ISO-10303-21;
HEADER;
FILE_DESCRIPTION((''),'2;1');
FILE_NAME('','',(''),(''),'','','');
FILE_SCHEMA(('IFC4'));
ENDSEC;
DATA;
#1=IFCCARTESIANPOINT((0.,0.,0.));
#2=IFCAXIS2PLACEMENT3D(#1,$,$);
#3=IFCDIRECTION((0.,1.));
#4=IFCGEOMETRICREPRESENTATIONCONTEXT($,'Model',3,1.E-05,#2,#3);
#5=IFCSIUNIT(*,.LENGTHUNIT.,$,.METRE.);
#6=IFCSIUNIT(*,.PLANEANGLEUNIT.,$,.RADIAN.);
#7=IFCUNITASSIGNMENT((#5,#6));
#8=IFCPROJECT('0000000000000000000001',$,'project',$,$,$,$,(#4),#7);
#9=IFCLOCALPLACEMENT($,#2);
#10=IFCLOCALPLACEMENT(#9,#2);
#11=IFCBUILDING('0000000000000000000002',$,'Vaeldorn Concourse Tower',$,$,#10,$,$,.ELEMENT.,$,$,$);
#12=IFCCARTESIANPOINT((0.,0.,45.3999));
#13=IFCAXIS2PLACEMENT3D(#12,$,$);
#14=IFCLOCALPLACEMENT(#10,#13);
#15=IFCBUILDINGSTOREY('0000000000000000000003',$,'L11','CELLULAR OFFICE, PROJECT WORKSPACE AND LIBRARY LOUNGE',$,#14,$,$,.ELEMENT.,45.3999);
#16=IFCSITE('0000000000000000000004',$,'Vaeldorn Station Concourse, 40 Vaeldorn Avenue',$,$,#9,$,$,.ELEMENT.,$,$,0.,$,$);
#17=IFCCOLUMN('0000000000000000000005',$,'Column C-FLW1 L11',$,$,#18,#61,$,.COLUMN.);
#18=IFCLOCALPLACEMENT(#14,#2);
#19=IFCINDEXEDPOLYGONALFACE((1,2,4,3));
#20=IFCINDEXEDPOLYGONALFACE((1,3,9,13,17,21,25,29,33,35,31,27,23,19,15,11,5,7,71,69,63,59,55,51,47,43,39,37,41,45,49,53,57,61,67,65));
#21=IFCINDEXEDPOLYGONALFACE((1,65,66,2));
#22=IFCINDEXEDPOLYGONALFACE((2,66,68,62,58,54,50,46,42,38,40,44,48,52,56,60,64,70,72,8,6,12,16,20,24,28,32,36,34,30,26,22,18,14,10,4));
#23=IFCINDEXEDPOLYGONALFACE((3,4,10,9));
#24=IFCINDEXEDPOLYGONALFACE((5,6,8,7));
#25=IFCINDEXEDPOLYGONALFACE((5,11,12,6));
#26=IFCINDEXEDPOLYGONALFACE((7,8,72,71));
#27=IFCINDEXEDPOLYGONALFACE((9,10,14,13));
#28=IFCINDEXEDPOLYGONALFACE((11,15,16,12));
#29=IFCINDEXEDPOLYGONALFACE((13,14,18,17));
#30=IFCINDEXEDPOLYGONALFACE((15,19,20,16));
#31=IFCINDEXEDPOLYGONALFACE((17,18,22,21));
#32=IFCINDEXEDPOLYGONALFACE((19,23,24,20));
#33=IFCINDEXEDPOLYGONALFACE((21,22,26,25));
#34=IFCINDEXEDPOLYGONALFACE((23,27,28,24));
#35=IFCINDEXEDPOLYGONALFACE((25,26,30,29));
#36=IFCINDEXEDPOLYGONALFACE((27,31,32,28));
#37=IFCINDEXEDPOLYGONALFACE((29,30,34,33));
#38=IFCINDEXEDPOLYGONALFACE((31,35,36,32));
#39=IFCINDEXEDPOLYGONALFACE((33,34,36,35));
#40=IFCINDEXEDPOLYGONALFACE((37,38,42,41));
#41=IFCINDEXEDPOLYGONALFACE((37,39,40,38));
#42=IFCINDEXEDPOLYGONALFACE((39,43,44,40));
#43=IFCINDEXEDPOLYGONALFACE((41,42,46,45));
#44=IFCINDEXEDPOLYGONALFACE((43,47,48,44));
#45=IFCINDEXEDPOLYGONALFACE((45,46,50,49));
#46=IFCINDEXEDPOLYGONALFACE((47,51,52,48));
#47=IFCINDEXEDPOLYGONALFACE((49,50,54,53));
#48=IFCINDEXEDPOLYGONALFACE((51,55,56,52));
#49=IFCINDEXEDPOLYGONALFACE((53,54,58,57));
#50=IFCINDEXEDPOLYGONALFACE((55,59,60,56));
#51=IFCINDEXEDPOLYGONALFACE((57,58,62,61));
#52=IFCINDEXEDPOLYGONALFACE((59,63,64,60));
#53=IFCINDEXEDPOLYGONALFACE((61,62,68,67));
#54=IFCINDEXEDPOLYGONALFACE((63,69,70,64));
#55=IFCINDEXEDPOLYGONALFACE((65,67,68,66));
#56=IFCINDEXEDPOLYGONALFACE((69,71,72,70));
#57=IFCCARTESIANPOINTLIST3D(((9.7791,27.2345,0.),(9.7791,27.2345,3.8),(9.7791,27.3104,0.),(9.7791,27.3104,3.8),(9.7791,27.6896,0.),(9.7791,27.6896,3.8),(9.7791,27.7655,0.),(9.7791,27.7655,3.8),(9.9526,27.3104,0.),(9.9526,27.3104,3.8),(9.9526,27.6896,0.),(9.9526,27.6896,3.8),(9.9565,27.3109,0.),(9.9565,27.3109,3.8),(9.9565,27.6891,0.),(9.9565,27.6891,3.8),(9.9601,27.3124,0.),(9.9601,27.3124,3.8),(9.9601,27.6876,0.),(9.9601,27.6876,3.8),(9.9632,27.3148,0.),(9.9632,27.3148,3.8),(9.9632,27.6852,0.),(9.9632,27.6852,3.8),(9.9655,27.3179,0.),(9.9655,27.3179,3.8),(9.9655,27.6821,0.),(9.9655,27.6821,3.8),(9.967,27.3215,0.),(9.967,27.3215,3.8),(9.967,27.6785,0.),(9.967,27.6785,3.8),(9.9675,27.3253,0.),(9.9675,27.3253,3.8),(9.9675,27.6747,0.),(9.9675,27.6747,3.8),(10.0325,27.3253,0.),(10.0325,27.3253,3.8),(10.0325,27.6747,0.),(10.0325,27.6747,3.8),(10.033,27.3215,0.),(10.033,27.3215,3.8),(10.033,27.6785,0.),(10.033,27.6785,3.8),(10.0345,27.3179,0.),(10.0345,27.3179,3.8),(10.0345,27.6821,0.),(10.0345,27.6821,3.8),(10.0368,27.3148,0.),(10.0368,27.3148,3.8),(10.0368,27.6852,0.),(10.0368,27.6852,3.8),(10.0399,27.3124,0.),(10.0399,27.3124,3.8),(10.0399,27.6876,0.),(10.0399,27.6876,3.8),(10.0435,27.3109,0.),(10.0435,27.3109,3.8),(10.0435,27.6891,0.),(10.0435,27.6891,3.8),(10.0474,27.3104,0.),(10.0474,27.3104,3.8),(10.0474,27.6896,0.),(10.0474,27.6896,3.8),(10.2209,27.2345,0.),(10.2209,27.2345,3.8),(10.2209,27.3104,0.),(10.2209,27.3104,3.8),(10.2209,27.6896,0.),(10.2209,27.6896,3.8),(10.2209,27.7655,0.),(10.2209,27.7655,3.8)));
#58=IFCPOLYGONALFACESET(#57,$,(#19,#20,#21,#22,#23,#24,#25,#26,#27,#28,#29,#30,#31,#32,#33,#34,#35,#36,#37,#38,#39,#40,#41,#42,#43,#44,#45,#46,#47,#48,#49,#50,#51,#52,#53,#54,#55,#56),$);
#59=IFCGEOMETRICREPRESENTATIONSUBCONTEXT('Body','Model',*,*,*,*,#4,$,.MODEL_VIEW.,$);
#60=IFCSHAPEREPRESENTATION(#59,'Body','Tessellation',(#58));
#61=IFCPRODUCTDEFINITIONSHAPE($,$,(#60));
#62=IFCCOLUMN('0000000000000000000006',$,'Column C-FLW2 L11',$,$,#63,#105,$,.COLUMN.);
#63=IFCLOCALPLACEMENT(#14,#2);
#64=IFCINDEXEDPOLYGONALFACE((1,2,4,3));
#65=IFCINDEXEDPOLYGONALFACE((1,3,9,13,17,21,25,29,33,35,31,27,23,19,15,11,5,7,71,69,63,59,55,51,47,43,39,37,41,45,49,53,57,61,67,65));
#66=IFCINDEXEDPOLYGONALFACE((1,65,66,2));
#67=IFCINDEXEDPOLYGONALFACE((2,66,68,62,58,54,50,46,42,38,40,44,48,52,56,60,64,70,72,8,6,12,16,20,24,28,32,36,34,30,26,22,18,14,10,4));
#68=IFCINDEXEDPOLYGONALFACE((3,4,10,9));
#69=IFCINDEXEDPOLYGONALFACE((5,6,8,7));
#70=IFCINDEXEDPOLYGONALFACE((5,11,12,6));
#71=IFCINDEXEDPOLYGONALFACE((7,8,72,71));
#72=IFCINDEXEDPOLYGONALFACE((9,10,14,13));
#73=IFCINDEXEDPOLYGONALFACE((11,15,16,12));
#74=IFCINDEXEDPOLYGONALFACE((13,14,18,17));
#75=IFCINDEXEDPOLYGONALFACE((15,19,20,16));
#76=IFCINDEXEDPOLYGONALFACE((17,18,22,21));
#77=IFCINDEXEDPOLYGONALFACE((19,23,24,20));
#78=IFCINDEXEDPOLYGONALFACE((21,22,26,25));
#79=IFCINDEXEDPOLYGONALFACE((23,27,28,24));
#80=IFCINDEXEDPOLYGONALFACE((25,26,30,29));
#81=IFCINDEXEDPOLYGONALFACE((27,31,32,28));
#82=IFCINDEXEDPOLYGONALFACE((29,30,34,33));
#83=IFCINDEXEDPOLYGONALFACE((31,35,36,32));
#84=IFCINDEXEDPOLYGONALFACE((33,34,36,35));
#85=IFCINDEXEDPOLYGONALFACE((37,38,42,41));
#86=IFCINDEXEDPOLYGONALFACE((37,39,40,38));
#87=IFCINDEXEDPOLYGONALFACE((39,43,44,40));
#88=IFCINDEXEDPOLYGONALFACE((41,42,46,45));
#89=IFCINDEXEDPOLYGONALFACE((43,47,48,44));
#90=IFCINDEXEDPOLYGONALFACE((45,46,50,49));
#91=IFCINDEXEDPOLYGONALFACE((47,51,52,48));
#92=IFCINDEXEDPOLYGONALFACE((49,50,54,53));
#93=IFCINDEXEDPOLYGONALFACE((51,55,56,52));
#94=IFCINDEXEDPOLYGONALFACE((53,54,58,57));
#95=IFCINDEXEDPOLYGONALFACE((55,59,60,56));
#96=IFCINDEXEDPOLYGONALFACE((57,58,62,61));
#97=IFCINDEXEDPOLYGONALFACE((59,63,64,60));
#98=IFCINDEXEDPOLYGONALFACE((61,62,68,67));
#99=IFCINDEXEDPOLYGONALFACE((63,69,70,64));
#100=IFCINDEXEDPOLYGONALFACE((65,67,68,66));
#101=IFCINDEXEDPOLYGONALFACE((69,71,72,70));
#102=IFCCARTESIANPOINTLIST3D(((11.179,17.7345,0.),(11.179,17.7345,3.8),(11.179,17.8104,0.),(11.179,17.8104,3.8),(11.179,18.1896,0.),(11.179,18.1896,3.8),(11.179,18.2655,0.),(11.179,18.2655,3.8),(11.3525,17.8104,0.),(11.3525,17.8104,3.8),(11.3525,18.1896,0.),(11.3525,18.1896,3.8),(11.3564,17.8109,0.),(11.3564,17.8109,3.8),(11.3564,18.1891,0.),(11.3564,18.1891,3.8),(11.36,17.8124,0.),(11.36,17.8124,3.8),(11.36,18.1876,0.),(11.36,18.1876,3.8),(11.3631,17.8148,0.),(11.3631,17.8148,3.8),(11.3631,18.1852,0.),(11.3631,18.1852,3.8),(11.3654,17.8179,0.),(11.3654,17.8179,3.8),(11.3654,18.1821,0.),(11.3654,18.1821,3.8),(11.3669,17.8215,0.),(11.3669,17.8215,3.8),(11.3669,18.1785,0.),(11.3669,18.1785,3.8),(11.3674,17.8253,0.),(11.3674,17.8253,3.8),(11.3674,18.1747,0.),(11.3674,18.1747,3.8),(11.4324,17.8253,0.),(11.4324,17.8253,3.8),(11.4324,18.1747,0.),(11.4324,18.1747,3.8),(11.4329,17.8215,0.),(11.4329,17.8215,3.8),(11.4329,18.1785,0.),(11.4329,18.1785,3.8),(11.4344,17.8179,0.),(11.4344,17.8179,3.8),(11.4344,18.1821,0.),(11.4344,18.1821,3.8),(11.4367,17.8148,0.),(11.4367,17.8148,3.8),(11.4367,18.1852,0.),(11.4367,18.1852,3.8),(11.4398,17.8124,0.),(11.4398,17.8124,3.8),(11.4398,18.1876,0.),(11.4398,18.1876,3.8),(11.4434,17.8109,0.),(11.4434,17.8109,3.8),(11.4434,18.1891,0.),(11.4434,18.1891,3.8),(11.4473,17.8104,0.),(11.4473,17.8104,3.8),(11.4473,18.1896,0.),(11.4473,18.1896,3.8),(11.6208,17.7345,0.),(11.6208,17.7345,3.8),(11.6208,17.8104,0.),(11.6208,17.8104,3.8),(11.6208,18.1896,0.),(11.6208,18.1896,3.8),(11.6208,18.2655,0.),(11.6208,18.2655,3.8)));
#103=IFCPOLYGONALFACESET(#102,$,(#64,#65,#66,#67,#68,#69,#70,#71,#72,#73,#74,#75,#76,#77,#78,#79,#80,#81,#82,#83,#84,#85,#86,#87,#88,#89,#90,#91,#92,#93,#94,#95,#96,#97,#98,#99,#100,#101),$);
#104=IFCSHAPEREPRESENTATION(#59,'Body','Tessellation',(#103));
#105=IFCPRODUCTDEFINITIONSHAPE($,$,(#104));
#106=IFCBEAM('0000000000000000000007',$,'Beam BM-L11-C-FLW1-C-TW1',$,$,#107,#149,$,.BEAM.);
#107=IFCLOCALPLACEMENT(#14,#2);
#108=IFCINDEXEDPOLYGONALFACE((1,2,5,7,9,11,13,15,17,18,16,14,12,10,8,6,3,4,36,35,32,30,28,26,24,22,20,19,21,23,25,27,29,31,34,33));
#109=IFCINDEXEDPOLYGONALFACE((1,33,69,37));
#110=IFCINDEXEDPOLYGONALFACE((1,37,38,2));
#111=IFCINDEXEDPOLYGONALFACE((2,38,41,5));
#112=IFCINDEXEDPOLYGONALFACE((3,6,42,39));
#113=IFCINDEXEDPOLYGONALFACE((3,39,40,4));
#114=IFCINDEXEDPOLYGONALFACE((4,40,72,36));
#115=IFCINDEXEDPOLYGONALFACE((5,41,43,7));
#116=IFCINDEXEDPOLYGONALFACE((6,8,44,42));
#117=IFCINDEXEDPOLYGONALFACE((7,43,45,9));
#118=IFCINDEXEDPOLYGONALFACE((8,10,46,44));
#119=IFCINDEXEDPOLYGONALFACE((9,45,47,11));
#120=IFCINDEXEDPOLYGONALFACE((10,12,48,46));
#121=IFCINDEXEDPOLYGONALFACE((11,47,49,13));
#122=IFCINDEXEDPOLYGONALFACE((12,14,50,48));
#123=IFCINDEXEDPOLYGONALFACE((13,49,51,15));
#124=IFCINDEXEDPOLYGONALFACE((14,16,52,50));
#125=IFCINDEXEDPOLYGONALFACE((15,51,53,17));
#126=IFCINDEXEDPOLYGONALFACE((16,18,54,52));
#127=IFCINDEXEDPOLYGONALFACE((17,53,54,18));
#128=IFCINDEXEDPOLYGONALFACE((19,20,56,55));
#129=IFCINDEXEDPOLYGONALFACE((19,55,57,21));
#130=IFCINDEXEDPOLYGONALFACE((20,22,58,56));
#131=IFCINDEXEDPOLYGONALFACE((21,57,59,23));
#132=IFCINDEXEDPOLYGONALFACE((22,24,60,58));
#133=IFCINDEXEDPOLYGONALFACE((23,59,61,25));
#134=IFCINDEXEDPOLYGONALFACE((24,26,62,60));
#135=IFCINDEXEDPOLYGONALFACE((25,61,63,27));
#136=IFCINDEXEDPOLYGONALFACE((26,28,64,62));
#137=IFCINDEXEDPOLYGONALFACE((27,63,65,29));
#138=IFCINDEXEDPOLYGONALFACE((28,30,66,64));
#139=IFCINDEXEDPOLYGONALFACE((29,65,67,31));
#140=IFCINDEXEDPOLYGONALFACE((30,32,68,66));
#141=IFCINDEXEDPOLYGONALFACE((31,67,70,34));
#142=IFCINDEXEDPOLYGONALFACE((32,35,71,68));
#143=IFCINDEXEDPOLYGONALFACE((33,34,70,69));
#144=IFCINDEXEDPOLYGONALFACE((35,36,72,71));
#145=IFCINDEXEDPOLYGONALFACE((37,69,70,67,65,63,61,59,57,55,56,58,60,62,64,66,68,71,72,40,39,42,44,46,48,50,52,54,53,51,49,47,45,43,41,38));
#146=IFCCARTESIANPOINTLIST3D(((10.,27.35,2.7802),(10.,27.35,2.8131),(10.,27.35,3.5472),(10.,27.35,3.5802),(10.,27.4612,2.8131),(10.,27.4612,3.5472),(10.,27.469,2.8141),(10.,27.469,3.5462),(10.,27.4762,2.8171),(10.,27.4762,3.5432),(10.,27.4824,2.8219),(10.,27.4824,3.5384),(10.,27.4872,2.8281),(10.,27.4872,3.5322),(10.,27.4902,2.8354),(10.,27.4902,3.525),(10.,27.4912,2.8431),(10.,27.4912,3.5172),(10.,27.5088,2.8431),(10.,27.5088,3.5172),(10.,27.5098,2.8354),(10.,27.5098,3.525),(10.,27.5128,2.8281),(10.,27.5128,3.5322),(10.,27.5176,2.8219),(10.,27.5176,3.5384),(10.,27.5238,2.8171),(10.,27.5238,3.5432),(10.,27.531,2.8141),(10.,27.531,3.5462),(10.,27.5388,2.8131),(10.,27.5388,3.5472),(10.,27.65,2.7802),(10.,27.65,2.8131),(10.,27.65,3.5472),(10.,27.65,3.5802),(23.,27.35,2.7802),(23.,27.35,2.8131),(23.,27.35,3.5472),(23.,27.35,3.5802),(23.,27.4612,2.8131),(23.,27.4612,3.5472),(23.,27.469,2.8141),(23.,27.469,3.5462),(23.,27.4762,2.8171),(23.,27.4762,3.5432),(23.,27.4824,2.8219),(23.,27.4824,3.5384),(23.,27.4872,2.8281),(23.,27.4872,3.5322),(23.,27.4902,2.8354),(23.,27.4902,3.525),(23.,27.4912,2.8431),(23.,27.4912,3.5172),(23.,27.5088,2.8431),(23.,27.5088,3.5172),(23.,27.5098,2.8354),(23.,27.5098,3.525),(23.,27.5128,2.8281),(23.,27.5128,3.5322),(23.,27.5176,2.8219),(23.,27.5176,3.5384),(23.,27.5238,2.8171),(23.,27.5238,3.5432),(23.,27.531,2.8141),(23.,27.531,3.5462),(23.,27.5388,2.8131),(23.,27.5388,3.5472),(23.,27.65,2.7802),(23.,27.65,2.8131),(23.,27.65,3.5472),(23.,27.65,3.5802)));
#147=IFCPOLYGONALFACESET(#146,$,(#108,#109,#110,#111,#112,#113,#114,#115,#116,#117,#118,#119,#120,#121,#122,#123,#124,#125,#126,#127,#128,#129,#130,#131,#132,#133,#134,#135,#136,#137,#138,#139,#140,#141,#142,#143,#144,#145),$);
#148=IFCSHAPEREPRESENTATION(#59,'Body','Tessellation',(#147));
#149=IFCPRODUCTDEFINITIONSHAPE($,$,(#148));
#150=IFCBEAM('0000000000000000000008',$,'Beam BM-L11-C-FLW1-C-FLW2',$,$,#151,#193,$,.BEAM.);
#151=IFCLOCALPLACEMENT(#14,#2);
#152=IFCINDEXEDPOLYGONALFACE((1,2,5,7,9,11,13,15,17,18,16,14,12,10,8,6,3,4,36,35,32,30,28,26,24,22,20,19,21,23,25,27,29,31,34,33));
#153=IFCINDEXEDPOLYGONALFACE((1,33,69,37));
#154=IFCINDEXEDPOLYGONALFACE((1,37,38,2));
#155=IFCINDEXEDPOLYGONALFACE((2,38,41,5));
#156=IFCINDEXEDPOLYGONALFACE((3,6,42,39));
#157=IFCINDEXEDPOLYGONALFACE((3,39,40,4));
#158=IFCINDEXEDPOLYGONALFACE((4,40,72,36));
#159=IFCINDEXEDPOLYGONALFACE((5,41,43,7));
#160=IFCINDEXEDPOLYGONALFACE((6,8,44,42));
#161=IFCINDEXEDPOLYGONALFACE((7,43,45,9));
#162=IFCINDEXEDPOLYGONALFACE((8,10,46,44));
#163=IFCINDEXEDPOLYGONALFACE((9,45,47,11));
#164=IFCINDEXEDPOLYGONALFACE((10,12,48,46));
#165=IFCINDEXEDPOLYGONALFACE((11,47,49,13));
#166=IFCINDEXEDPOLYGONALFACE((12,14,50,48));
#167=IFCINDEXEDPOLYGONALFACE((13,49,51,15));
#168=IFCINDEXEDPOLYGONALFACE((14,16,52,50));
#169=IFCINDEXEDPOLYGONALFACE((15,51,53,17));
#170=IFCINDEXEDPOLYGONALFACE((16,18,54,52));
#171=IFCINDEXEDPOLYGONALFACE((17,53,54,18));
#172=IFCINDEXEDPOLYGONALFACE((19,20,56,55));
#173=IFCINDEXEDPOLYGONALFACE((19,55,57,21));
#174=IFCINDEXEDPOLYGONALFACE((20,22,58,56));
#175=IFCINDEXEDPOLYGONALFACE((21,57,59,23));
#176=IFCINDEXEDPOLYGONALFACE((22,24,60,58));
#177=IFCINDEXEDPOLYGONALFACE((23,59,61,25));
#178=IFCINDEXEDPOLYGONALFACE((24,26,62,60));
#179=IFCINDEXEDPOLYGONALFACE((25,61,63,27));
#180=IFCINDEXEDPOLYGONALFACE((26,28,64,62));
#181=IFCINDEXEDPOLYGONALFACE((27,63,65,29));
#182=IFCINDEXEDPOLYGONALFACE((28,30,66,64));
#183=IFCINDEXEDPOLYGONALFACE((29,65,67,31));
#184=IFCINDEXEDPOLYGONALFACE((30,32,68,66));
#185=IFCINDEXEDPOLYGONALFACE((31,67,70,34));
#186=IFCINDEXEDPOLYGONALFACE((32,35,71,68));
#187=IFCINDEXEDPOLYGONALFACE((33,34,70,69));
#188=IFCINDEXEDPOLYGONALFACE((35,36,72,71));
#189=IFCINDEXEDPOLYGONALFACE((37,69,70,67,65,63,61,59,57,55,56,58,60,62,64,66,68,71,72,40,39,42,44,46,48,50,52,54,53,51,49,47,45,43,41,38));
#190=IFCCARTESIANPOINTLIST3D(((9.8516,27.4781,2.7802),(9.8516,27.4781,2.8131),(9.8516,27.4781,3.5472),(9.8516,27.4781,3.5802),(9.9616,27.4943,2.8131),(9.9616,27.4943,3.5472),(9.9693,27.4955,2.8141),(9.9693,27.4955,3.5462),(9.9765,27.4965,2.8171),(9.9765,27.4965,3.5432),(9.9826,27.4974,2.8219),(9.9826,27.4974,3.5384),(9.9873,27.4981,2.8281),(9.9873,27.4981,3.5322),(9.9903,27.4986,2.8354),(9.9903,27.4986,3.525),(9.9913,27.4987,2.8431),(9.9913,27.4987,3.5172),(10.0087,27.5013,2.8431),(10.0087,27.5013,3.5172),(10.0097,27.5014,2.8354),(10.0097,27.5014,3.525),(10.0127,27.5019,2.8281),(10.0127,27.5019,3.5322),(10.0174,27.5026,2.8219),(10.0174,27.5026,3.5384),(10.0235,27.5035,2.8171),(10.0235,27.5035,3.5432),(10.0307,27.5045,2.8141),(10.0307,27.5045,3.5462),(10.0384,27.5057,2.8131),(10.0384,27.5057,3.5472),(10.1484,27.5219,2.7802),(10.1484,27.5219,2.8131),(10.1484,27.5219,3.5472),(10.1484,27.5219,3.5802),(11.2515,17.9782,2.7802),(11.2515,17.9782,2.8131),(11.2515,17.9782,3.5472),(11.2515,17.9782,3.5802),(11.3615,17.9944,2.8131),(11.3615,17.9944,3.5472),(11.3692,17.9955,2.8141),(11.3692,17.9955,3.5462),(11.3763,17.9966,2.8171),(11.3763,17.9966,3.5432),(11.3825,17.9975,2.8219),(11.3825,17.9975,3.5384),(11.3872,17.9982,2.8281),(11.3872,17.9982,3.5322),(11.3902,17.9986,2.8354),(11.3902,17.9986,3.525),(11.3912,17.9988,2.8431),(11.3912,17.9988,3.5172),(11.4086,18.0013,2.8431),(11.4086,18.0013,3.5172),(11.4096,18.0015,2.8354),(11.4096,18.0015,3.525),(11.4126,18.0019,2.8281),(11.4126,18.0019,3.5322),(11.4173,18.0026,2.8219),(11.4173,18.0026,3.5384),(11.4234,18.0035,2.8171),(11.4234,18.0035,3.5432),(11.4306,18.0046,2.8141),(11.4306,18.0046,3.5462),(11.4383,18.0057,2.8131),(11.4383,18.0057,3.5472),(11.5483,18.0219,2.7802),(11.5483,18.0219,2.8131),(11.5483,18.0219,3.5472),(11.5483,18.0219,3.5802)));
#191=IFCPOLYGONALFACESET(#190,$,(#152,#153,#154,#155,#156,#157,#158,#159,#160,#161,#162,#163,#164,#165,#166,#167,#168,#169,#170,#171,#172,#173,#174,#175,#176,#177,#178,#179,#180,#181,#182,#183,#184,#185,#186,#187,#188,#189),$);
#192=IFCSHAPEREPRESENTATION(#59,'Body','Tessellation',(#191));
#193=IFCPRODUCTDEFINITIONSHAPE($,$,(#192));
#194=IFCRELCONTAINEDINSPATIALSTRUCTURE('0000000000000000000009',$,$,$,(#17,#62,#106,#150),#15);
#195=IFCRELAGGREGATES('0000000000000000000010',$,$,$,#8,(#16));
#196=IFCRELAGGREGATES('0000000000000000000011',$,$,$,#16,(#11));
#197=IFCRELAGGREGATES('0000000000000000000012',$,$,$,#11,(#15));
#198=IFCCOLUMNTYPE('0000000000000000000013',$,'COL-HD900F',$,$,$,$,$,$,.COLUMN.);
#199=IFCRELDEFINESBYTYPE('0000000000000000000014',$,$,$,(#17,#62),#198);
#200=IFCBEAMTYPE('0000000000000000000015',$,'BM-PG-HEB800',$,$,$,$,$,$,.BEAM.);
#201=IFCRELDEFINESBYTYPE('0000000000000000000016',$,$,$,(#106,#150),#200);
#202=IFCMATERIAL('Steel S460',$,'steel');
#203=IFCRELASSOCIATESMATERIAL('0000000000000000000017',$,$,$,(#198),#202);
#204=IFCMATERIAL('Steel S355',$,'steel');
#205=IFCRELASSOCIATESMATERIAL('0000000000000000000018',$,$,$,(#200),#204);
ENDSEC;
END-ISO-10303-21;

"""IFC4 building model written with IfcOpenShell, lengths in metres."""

from ifc_helpers import new_model, si_unit, direction, frame, origin, origin_2d, place, context, subcontext, project, spatial, i_section, extrude, source, transform, mapped, material, material_profile, profile_set, type_object, element, save


model = new_model("IFC4")

# Units and contexts
model_context = context("Model", 3, precision=1e-05, world=origin(), true_north=direction((0.0, 1.0)))
body_context = subcontext(model_context, "Body", "Model", "MODEL_VIEW")
ifc_project = project(units=[si_unit("LENGTHUNIT", "METRE"), si_unit("PLANEANGLEUNIT", "RADIAN")], contexts=[model_context])

# Site, building, storey
site_placement = place(None, origin())
site = spatial("IfcSite", under=ifc_project, at=site_placement, Name="Vaeldorn Station Concourse, 40 Vaeldorn Avenue", CompositionType="ELEMENT", RefElevation=0.0)
building_placement = place(site_placement, origin())
building = spatial("IfcBuilding", under=site, at=building_placement, Name="Vaeldorn Concourse Tower", CompositionType="ELEMENT")
storey_placement = place(building_placement, frame((0.0, 0.0, 45.3999)))
storey = spatial("IfcBuildingStorey", under=building, at=storey_placement, Name="L11", Description="CELLULAR OFFICE, PROJECT WORKSPACE AND LIBRARY LOUNGE", CompositionType="ELEMENT", Elevation=45.3999)

# Columns
ifc_material_1 = material(Name="Steel S460", Category="steel")
ifc_material_profile_1 = material_profile(ifc_material_1, i_section(OverallWidth=0.4419, OverallDepth=0.531, WebThickness=0.0649, FlangeThickness=0.0759, FilletRadius=0.0149, at=origin_2d()), Name="HD 400x900")
ifc_profile_set_1 = profile_set([ifc_material_profile_1], Name="Steel S460")
column_type = type_object("IfcColumnType", Name="COL-HD900F", PredefinedType="COLUMN", material=ifc_profile_set_1)
shared_shape_1 = source(origin(), body_context, "Body", "SweptSolid", [
    extrude(i_section(OverallWidth=0.4419, OverallDepth=0.531, WebThickness=0.0649, FlangeThickness=0.0759, FilletRadius=0.0149, at=origin_2d()), origin(), (0.0, 0.0, 1.0), 3.8),
])
for number, where, z_axis, x_axis, name in (
    (1, (10.0, 27.5, 0.0), (0.0, 0.0, 1.0), (1.0, 0.0, 0.0), "Column C-FLW1 L11"),
    (2, (11.3999, 18.0, 0.0), (0.0, 0.0, 1.0), (1.0, 0.0, 0.0), "Column C-FLW2 L11"),
):
    element("IfcColumn", number, at=place(storey_placement, frame(where, z_axis=z_axis, x_axis=x_axis)), inside=storey, type_object=column_type, Name=name, PredefinedType="COLUMN", context=body_context, shape_type="MappedRepresentation", body=[
        mapped(shared_shape_1, transform((0.0, 0.0, 0.0), scale=1.0)),
    ])

# Beams
ifc_material_2 = material(Name="Steel S355", Category="steel")
ifc_material_profile_2 = material_profile(ifc_material_2, i_section(OverallWidth=0.3, OverallDepth=0.8, WebThickness=0.0176, FlangeThickness=0.033, FilletRadius=0.03, at=origin_2d()), Name="HEB 800")
ifc_profile_set_2 = profile_set([ifc_material_profile_2], Name="Steel S355")
beam_type_1 = type_object("IfcBeamType", Name="BM-PG-HEB800", PredefinedType="BEAM", material=ifc_profile_set_2)
shared_shape_2 = source(origin(), body_context, "Body", "SweptSolid", [
    extrude(i_section(OverallWidth=0.3, OverallDepth=0.8, WebThickness=0.0176, FlangeThickness=0.033, FilletRadius=0.03, at=origin_2d()), origin(), (0.0, 0.0, 1.0), 13.0),
])
beam_1_placement = place(storey_placement, frame((10.0, 27.5, 3.1802), z_axis=(1.0, 0.0, 0.0), x_axis=(0.0, 1.0, 0.0)))
element("IfcBeam", 3, at=beam_1_placement, inside=storey, type_object=beam_type_1, Name="Beam BM-L11-C-FLW1-C-TW1", PredefinedType="BEAM", context=body_context, shape_type="MappedRepresentation", body=[
    mapped(shared_shape_2, transform((0.0, 0.0, 0.0), scale=1.0)),
])
shared_shape_3 = source(origin(), body_context, "Body", "SweptSolid", [
    extrude(i_section(OverallWidth=0.3, OverallDepth=0.8, WebThickness=0.0176, FlangeThickness=0.033, FilletRadius=0.03, at=origin_2d()), origin(), (0.0, 0.0, 1.0), 9.6025),
])
beam_2_placement = place(storey_placement, frame((10.0, 27.5, 3.1802), z_axis=(0.145784, -0.989316, 0.0), x_axis=(0.989316, 0.145784, 0.0)))
element("IfcBeam", 4, at=beam_2_placement, inside=storey, type_object=beam_type_1, Name="Beam BM-L11-C-FLW1-C-FLW2", PredefinedType="BEAM", context=body_context, shape_type="MappedRepresentation", body=[
    mapped(shared_shape_3, transform((0.0, 0.0, 0.0), scale=1.0)),
])

save(model, "model.ifc")
